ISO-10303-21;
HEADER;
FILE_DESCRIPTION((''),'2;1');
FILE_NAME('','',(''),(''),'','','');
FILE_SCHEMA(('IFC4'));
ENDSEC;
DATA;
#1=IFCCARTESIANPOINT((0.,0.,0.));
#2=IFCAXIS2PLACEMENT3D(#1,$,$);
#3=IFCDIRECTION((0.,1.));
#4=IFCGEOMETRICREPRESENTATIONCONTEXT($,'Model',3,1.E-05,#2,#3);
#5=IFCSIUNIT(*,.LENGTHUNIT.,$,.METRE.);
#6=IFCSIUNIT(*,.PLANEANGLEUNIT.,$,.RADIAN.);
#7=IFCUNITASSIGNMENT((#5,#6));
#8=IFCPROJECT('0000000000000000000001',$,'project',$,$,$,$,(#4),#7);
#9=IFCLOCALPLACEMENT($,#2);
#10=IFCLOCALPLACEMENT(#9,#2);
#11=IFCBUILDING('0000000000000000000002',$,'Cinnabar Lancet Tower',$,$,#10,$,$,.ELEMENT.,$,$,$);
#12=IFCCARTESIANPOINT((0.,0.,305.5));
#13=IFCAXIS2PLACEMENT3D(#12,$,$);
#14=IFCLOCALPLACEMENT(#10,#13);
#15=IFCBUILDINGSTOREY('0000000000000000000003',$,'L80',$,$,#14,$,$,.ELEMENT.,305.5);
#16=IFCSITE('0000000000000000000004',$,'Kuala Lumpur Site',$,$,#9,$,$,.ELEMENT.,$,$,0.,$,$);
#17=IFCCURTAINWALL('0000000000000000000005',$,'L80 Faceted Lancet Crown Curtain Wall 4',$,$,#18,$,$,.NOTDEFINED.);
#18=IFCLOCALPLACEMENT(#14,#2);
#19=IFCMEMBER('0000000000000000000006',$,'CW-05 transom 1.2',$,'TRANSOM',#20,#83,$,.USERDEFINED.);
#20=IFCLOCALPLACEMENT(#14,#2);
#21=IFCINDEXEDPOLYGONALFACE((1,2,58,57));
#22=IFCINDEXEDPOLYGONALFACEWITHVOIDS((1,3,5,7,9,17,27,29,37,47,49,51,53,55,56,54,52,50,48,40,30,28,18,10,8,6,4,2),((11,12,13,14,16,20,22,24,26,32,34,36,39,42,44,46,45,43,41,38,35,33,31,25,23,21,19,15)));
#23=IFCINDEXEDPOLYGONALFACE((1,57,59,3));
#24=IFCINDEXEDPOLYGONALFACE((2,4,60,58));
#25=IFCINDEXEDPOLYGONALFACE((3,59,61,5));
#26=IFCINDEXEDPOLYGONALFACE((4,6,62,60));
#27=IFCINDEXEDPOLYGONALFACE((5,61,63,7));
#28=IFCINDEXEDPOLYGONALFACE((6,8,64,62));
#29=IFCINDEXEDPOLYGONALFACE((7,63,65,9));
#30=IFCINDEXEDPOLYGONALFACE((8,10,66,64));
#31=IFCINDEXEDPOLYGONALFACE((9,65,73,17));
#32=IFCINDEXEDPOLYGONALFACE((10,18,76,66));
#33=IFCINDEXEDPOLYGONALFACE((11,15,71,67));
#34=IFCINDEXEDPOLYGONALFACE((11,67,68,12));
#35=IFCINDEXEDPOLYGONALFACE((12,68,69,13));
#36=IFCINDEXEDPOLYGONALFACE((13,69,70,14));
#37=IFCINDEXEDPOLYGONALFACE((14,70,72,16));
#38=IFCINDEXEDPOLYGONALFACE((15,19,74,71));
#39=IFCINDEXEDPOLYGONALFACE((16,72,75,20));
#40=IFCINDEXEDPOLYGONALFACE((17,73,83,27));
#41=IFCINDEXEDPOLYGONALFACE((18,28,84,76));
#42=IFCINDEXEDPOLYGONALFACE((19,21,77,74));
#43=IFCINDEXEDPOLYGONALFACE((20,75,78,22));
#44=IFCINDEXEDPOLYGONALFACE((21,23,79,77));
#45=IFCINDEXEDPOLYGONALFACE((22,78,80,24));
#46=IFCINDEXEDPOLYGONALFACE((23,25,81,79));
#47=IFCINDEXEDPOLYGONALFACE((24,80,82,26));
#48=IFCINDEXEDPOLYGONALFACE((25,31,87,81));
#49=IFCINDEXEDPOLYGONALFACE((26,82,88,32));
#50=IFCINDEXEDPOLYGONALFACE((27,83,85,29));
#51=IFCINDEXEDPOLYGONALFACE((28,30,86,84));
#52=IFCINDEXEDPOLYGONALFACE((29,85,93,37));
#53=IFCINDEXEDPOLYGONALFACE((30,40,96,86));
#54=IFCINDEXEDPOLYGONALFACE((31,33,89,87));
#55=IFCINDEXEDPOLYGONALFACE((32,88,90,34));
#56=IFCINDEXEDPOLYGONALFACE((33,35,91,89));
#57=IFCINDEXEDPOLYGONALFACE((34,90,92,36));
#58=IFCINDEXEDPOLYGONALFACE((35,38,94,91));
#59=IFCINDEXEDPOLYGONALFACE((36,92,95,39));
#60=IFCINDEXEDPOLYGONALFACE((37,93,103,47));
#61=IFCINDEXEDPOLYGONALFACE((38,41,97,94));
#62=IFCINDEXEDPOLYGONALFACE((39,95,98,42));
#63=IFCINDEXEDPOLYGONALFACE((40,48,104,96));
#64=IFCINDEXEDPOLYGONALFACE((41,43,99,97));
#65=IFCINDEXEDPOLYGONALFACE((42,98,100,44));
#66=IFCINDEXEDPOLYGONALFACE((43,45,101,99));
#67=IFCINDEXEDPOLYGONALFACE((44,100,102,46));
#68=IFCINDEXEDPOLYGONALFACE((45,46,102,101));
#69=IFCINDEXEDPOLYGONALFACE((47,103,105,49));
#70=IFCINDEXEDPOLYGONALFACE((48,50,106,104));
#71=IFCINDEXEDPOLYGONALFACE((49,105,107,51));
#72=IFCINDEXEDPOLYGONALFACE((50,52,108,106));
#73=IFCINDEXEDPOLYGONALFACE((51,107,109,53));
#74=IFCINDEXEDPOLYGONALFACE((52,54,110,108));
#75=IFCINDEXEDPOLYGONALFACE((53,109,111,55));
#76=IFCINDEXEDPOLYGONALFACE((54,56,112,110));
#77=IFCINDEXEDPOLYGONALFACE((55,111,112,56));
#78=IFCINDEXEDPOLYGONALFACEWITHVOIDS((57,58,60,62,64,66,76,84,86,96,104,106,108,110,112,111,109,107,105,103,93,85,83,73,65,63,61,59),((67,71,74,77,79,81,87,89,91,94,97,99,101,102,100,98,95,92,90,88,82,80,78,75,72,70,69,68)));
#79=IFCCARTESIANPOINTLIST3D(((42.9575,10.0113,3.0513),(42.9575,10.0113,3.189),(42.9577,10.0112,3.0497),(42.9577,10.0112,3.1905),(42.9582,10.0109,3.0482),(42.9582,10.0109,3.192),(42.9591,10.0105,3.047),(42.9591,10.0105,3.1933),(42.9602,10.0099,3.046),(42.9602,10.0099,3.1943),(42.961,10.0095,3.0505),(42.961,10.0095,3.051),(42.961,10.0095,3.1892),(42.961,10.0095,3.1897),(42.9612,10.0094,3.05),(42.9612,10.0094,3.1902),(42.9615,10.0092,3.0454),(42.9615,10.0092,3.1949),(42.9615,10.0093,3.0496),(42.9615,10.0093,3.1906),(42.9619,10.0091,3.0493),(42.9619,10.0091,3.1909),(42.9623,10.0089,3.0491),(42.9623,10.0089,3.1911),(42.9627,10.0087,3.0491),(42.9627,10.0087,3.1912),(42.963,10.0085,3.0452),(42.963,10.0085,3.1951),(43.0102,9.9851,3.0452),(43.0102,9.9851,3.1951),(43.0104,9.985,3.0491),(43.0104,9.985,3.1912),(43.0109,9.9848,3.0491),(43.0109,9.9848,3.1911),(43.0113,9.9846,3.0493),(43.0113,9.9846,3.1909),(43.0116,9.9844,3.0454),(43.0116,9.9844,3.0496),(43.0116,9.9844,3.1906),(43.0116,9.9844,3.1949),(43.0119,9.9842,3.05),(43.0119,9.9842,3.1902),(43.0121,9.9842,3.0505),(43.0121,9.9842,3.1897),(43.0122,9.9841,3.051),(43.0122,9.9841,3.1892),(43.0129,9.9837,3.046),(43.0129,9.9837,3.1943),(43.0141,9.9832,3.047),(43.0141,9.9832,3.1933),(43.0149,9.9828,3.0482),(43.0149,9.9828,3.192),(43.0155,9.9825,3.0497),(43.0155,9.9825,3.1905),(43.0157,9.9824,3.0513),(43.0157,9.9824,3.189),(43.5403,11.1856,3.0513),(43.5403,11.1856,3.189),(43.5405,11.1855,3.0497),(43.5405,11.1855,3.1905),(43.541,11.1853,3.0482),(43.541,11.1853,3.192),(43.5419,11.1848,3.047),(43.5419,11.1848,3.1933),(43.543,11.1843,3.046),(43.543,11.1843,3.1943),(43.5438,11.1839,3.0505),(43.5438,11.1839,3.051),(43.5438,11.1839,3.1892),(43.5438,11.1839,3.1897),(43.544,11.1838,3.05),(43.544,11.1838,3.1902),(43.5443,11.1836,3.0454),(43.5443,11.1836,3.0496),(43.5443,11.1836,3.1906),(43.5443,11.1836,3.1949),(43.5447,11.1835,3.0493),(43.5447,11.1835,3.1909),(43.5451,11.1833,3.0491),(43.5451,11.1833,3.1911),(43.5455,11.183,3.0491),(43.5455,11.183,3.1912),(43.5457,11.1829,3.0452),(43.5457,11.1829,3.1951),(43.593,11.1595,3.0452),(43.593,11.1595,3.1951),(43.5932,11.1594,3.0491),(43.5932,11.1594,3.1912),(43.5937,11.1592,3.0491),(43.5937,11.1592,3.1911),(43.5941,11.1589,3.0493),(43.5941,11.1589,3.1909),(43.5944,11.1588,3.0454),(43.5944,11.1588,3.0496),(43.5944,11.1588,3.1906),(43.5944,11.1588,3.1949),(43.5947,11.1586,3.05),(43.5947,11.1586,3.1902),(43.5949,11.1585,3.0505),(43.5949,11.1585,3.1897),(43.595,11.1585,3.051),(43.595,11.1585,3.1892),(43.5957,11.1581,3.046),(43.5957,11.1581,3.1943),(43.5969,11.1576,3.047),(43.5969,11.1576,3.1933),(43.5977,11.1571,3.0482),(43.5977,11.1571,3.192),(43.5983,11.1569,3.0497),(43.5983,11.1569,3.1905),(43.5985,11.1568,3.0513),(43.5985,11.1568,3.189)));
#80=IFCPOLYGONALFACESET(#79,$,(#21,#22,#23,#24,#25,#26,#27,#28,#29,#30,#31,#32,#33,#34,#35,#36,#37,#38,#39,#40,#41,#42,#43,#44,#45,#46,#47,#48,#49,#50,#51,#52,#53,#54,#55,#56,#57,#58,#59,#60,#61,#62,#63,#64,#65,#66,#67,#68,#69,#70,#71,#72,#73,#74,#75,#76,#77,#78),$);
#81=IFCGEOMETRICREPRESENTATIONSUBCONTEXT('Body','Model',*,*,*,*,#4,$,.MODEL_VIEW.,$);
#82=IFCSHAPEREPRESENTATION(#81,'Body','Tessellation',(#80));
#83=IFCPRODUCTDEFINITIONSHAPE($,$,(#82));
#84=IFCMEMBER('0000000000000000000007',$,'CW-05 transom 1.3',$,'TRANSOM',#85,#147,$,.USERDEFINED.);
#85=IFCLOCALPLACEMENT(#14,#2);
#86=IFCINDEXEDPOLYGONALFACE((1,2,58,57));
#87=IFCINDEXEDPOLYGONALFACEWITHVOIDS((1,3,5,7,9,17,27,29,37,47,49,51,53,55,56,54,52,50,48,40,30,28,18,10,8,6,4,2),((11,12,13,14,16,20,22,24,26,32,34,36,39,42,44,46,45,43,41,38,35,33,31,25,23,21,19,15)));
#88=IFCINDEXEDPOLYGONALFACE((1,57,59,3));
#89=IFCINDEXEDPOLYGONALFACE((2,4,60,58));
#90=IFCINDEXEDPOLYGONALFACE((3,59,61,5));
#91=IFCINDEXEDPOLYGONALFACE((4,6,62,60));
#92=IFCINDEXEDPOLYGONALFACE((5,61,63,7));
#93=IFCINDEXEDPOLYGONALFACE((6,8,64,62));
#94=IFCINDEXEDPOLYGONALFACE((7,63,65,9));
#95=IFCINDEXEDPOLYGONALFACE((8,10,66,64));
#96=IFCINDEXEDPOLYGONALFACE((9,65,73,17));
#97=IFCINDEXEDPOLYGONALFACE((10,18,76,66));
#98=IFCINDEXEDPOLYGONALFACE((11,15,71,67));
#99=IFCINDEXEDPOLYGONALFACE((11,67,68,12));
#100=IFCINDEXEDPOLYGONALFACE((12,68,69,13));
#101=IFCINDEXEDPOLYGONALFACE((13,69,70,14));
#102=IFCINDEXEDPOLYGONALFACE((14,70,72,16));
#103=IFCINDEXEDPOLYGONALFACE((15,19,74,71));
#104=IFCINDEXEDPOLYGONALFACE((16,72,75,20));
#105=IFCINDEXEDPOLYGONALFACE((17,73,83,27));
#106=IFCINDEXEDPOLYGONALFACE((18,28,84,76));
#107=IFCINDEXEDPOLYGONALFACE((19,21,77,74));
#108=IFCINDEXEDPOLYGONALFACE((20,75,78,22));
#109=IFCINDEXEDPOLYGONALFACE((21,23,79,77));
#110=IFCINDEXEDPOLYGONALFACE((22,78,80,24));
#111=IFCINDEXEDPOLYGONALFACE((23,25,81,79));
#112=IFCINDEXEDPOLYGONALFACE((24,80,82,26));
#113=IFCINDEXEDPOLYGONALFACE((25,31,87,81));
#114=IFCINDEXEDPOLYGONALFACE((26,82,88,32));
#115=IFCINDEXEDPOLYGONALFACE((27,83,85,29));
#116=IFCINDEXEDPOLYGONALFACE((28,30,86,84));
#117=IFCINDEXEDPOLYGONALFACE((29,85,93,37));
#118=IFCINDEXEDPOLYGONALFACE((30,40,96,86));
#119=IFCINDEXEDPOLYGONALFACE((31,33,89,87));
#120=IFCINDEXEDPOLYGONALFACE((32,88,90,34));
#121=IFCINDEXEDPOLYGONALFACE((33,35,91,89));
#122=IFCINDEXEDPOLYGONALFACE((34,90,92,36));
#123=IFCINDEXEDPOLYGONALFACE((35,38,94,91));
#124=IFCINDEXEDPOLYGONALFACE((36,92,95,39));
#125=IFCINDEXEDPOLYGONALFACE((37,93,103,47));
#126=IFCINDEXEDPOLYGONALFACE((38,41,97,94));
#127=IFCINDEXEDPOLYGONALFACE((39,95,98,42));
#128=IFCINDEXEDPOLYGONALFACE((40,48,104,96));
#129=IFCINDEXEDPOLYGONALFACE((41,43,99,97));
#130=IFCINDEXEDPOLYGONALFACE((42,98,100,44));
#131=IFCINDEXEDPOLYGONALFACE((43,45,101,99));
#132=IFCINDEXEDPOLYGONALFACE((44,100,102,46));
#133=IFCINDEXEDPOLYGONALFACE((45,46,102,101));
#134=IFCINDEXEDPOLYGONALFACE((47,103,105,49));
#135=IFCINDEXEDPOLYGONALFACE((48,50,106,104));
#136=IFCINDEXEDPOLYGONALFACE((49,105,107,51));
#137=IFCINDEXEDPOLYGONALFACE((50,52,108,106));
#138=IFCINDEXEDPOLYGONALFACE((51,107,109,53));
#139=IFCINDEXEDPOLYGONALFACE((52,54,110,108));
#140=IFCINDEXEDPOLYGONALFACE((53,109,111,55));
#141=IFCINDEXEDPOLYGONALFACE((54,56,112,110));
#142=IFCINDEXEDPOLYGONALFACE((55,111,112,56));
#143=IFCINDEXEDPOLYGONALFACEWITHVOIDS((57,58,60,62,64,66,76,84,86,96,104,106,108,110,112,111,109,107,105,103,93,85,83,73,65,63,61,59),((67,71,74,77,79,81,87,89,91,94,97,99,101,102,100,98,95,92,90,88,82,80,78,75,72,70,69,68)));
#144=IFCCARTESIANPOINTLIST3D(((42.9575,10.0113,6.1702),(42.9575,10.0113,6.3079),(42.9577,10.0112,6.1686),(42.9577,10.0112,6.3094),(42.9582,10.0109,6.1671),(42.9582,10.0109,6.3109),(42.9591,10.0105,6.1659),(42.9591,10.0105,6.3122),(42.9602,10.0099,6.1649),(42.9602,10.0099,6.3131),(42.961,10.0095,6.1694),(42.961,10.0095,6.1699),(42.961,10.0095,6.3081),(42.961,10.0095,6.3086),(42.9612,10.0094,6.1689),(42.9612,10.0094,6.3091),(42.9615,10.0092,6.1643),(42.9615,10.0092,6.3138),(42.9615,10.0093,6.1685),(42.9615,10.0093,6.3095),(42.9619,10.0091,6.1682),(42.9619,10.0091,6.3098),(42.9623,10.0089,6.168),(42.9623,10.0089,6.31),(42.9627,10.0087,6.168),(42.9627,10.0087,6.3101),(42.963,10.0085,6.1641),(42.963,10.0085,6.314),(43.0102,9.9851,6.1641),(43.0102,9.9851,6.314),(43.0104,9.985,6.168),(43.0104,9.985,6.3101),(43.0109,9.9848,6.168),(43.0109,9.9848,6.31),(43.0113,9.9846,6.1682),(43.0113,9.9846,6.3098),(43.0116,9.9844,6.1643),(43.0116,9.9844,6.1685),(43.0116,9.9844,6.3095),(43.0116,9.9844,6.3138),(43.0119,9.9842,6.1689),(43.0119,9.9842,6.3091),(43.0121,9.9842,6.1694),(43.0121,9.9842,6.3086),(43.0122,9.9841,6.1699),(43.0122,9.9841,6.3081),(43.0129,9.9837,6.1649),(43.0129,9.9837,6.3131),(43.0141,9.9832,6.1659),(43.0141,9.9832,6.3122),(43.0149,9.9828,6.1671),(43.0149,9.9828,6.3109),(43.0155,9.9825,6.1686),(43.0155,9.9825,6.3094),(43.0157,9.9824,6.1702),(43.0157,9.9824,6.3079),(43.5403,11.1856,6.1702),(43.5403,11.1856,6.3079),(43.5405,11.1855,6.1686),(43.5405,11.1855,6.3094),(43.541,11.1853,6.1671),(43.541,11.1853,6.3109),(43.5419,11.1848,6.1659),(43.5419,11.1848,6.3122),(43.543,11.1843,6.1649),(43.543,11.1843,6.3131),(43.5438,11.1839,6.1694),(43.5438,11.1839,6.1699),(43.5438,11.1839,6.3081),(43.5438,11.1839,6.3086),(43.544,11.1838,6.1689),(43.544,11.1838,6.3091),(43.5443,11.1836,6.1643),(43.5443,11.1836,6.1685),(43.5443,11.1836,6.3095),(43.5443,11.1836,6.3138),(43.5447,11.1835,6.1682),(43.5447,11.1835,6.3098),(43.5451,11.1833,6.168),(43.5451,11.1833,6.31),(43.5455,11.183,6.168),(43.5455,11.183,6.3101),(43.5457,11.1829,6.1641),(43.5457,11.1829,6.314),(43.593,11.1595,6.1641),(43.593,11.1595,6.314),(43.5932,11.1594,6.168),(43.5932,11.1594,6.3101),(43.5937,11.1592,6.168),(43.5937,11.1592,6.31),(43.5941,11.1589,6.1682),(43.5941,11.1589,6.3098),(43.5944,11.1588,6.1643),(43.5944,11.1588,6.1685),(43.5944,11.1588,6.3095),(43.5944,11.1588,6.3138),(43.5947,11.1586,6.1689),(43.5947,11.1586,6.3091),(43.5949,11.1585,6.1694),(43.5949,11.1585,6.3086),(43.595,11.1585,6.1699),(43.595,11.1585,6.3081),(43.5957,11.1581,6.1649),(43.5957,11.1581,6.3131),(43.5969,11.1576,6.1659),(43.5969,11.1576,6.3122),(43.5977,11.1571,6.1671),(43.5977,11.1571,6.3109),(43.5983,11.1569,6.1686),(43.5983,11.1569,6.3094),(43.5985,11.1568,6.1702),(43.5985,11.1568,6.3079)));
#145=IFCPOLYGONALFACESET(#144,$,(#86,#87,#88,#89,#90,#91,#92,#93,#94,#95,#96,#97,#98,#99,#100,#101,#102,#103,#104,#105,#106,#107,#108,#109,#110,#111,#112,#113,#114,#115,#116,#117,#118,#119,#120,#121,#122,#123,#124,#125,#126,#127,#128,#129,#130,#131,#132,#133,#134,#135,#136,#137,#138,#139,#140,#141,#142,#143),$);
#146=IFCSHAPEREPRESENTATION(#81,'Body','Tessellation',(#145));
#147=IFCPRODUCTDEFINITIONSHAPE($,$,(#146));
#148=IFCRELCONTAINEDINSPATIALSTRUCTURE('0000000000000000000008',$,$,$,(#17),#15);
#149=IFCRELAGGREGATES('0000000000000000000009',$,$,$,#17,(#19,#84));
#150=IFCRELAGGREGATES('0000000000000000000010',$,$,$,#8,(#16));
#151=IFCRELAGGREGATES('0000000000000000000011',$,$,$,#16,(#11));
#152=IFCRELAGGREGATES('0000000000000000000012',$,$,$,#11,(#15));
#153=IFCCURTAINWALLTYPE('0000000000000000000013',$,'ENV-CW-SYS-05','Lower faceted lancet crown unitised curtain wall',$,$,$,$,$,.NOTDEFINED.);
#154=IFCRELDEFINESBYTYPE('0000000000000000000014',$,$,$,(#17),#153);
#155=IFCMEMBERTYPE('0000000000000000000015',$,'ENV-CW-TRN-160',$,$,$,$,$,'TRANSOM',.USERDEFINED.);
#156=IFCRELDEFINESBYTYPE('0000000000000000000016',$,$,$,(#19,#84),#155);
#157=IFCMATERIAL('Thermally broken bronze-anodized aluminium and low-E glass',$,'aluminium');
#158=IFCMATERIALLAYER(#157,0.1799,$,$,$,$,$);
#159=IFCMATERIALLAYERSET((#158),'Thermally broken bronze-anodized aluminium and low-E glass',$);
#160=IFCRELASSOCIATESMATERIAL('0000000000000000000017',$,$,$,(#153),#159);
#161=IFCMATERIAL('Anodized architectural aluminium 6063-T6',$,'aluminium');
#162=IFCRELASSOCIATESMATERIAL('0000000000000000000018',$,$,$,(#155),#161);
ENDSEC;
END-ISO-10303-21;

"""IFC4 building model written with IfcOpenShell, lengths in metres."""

from ifc_helpers import new_model, si_unit, direction, frame, origin, origin_2d, place, context, subcontext, project, spatial, hollow_rectangle, extrude, material, layer, layer_set, material_profile, profile_set, type_object, element, aggregate, save


model = new_model("IFC4")

# Units and contexts
model_context = context("Model", 3, precision=1e-05, world=origin(), true_north=direction((0.0, 1.0)))
body_context = subcontext(model_context, "Body", "Model", "MODEL_VIEW")
ifc_project = project(units=[si_unit("LENGTHUNIT", "METRE"), si_unit("PLANEANGLEUNIT", "RADIAN")], contexts=[model_context])

# Site, building, storey
site_placement = place(None, origin())
site = spatial("IfcSite", under=ifc_project, at=site_placement, Name="Kuala Lumpur Site", CompositionType="ELEMENT", RefElevation=0.0)
building_placement = place(site_placement, origin())
building = spatial("IfcBuilding", under=site, at=building_placement, Name="Cinnabar Lancet Tower", CompositionType="ELEMENT")
storey_placement = place(building_placement, frame((0.0, 0.0, 305.5)))
storey = spatial("IfcBuildingStorey", under=building, at=storey_placement, Name="L80", CompositionType="ELEMENT", Elevation=305.5)

# Shared definitions
ifc_material_1 = material(Name="Thermally broken bronze-anodized aluminium and low-E glass", Category="aluminium")
ifc_layer_1 = layer(ifc_material_1, 0.1799)
ifc_layer_set_1 = layer_set([ifc_layer_1], Name="Thermally broken bronze-anodized aluminium and low-E glass")
curtain_wall_type = type_object("IfcCurtainWallType", Name="ENV-CW-SYS-05", Description="Lower faceted lancet crown unitised curtain wall", PredefinedType="NOTDEFINED", material=ifc_layer_set_1)

# Curtain wall
curtain_wall_1_placement = place(storey_placement, origin())
curtain_wall_1 = element("IfcCurtainWall", 1, at=curtain_wall_1_placement, inside=storey, type_object=curtain_wall_type, Name="L80 Faceted Lancet Crown Curtain Wall 4", PredefinedType="NOTDEFINED")

# Members
ifc_material_2 = material(Name="Anodized architectural aluminium 6063-T6", Category="aluminium")
ifc_material_profile_1 = material_profile(ifc_material_2, hollow_rectangle(XDim=0.0649, YDim=0.1499, WallThickness=0.0039, InnerFilletRadius=0.002, OuterFilletRadius=0.0061, at=origin_2d()), Name="CW-TRN 150x65x4")
ifc_profile_set_1 = profile_set([ifc_material_profile_1], Name="Anodized architectural aluminium 6063-T6")
member_type_1 = type_object("IfcMemberType", Name="ENV-CW-TRN-160", ElementType="TRANSOM", PredefinedType="USERDEFINED", material=ifc_profile_set_1)
member_1_placement = place(storey_placement, frame((42.9866, 9.9968, 3.1201), z_axis=(0.44453, 0.895764, 0.0), x_axis=(-0.895764, 0.44453, 0.0)))
member_1 = element("IfcMember", 2, at=member_1_placement, type_object=member_type_1, Name="CW-05 transom 1.2", ObjectType="TRANSOM", PredefinedType="USERDEFINED", context=body_context, shape_type="SweptSolid", body=[
    extrude(hollow_rectangle(XDim=0.0649, YDim=0.1499, WallThickness=0.0039, InnerFilletRadius=0.002, OuterFilletRadius=0.0061, at=origin_2d()), origin(), (0.0, 0.0, 1.0), 1.311),
])
member_2_placement = place(storey_placement, frame((42.9866, 9.9968, 6.239), z_axis=(0.44453, 0.895764, 0.0), x_axis=(-0.895764, 0.44453, 0.0)))
member_2 = element("IfcMember", 3, at=member_2_placement, type_object=member_type_1, Name="CW-05 transom 1.3", ObjectType="TRANSOM", PredefinedType="USERDEFINED", context=body_context, shape_type="SweptSolid", body=[
    extrude(hollow_rectangle(XDim=0.0649, YDim=0.1499, WallThickness=0.0039, InnerFilletRadius=0.002, OuterFilletRadius=0.0061, at=origin_2d()), origin(), (0.0, 0.0, 1.0), 1.311),
])

aggregate(curtain_wall_1, [member_1, member_2])

save(model, "model.ifc")
